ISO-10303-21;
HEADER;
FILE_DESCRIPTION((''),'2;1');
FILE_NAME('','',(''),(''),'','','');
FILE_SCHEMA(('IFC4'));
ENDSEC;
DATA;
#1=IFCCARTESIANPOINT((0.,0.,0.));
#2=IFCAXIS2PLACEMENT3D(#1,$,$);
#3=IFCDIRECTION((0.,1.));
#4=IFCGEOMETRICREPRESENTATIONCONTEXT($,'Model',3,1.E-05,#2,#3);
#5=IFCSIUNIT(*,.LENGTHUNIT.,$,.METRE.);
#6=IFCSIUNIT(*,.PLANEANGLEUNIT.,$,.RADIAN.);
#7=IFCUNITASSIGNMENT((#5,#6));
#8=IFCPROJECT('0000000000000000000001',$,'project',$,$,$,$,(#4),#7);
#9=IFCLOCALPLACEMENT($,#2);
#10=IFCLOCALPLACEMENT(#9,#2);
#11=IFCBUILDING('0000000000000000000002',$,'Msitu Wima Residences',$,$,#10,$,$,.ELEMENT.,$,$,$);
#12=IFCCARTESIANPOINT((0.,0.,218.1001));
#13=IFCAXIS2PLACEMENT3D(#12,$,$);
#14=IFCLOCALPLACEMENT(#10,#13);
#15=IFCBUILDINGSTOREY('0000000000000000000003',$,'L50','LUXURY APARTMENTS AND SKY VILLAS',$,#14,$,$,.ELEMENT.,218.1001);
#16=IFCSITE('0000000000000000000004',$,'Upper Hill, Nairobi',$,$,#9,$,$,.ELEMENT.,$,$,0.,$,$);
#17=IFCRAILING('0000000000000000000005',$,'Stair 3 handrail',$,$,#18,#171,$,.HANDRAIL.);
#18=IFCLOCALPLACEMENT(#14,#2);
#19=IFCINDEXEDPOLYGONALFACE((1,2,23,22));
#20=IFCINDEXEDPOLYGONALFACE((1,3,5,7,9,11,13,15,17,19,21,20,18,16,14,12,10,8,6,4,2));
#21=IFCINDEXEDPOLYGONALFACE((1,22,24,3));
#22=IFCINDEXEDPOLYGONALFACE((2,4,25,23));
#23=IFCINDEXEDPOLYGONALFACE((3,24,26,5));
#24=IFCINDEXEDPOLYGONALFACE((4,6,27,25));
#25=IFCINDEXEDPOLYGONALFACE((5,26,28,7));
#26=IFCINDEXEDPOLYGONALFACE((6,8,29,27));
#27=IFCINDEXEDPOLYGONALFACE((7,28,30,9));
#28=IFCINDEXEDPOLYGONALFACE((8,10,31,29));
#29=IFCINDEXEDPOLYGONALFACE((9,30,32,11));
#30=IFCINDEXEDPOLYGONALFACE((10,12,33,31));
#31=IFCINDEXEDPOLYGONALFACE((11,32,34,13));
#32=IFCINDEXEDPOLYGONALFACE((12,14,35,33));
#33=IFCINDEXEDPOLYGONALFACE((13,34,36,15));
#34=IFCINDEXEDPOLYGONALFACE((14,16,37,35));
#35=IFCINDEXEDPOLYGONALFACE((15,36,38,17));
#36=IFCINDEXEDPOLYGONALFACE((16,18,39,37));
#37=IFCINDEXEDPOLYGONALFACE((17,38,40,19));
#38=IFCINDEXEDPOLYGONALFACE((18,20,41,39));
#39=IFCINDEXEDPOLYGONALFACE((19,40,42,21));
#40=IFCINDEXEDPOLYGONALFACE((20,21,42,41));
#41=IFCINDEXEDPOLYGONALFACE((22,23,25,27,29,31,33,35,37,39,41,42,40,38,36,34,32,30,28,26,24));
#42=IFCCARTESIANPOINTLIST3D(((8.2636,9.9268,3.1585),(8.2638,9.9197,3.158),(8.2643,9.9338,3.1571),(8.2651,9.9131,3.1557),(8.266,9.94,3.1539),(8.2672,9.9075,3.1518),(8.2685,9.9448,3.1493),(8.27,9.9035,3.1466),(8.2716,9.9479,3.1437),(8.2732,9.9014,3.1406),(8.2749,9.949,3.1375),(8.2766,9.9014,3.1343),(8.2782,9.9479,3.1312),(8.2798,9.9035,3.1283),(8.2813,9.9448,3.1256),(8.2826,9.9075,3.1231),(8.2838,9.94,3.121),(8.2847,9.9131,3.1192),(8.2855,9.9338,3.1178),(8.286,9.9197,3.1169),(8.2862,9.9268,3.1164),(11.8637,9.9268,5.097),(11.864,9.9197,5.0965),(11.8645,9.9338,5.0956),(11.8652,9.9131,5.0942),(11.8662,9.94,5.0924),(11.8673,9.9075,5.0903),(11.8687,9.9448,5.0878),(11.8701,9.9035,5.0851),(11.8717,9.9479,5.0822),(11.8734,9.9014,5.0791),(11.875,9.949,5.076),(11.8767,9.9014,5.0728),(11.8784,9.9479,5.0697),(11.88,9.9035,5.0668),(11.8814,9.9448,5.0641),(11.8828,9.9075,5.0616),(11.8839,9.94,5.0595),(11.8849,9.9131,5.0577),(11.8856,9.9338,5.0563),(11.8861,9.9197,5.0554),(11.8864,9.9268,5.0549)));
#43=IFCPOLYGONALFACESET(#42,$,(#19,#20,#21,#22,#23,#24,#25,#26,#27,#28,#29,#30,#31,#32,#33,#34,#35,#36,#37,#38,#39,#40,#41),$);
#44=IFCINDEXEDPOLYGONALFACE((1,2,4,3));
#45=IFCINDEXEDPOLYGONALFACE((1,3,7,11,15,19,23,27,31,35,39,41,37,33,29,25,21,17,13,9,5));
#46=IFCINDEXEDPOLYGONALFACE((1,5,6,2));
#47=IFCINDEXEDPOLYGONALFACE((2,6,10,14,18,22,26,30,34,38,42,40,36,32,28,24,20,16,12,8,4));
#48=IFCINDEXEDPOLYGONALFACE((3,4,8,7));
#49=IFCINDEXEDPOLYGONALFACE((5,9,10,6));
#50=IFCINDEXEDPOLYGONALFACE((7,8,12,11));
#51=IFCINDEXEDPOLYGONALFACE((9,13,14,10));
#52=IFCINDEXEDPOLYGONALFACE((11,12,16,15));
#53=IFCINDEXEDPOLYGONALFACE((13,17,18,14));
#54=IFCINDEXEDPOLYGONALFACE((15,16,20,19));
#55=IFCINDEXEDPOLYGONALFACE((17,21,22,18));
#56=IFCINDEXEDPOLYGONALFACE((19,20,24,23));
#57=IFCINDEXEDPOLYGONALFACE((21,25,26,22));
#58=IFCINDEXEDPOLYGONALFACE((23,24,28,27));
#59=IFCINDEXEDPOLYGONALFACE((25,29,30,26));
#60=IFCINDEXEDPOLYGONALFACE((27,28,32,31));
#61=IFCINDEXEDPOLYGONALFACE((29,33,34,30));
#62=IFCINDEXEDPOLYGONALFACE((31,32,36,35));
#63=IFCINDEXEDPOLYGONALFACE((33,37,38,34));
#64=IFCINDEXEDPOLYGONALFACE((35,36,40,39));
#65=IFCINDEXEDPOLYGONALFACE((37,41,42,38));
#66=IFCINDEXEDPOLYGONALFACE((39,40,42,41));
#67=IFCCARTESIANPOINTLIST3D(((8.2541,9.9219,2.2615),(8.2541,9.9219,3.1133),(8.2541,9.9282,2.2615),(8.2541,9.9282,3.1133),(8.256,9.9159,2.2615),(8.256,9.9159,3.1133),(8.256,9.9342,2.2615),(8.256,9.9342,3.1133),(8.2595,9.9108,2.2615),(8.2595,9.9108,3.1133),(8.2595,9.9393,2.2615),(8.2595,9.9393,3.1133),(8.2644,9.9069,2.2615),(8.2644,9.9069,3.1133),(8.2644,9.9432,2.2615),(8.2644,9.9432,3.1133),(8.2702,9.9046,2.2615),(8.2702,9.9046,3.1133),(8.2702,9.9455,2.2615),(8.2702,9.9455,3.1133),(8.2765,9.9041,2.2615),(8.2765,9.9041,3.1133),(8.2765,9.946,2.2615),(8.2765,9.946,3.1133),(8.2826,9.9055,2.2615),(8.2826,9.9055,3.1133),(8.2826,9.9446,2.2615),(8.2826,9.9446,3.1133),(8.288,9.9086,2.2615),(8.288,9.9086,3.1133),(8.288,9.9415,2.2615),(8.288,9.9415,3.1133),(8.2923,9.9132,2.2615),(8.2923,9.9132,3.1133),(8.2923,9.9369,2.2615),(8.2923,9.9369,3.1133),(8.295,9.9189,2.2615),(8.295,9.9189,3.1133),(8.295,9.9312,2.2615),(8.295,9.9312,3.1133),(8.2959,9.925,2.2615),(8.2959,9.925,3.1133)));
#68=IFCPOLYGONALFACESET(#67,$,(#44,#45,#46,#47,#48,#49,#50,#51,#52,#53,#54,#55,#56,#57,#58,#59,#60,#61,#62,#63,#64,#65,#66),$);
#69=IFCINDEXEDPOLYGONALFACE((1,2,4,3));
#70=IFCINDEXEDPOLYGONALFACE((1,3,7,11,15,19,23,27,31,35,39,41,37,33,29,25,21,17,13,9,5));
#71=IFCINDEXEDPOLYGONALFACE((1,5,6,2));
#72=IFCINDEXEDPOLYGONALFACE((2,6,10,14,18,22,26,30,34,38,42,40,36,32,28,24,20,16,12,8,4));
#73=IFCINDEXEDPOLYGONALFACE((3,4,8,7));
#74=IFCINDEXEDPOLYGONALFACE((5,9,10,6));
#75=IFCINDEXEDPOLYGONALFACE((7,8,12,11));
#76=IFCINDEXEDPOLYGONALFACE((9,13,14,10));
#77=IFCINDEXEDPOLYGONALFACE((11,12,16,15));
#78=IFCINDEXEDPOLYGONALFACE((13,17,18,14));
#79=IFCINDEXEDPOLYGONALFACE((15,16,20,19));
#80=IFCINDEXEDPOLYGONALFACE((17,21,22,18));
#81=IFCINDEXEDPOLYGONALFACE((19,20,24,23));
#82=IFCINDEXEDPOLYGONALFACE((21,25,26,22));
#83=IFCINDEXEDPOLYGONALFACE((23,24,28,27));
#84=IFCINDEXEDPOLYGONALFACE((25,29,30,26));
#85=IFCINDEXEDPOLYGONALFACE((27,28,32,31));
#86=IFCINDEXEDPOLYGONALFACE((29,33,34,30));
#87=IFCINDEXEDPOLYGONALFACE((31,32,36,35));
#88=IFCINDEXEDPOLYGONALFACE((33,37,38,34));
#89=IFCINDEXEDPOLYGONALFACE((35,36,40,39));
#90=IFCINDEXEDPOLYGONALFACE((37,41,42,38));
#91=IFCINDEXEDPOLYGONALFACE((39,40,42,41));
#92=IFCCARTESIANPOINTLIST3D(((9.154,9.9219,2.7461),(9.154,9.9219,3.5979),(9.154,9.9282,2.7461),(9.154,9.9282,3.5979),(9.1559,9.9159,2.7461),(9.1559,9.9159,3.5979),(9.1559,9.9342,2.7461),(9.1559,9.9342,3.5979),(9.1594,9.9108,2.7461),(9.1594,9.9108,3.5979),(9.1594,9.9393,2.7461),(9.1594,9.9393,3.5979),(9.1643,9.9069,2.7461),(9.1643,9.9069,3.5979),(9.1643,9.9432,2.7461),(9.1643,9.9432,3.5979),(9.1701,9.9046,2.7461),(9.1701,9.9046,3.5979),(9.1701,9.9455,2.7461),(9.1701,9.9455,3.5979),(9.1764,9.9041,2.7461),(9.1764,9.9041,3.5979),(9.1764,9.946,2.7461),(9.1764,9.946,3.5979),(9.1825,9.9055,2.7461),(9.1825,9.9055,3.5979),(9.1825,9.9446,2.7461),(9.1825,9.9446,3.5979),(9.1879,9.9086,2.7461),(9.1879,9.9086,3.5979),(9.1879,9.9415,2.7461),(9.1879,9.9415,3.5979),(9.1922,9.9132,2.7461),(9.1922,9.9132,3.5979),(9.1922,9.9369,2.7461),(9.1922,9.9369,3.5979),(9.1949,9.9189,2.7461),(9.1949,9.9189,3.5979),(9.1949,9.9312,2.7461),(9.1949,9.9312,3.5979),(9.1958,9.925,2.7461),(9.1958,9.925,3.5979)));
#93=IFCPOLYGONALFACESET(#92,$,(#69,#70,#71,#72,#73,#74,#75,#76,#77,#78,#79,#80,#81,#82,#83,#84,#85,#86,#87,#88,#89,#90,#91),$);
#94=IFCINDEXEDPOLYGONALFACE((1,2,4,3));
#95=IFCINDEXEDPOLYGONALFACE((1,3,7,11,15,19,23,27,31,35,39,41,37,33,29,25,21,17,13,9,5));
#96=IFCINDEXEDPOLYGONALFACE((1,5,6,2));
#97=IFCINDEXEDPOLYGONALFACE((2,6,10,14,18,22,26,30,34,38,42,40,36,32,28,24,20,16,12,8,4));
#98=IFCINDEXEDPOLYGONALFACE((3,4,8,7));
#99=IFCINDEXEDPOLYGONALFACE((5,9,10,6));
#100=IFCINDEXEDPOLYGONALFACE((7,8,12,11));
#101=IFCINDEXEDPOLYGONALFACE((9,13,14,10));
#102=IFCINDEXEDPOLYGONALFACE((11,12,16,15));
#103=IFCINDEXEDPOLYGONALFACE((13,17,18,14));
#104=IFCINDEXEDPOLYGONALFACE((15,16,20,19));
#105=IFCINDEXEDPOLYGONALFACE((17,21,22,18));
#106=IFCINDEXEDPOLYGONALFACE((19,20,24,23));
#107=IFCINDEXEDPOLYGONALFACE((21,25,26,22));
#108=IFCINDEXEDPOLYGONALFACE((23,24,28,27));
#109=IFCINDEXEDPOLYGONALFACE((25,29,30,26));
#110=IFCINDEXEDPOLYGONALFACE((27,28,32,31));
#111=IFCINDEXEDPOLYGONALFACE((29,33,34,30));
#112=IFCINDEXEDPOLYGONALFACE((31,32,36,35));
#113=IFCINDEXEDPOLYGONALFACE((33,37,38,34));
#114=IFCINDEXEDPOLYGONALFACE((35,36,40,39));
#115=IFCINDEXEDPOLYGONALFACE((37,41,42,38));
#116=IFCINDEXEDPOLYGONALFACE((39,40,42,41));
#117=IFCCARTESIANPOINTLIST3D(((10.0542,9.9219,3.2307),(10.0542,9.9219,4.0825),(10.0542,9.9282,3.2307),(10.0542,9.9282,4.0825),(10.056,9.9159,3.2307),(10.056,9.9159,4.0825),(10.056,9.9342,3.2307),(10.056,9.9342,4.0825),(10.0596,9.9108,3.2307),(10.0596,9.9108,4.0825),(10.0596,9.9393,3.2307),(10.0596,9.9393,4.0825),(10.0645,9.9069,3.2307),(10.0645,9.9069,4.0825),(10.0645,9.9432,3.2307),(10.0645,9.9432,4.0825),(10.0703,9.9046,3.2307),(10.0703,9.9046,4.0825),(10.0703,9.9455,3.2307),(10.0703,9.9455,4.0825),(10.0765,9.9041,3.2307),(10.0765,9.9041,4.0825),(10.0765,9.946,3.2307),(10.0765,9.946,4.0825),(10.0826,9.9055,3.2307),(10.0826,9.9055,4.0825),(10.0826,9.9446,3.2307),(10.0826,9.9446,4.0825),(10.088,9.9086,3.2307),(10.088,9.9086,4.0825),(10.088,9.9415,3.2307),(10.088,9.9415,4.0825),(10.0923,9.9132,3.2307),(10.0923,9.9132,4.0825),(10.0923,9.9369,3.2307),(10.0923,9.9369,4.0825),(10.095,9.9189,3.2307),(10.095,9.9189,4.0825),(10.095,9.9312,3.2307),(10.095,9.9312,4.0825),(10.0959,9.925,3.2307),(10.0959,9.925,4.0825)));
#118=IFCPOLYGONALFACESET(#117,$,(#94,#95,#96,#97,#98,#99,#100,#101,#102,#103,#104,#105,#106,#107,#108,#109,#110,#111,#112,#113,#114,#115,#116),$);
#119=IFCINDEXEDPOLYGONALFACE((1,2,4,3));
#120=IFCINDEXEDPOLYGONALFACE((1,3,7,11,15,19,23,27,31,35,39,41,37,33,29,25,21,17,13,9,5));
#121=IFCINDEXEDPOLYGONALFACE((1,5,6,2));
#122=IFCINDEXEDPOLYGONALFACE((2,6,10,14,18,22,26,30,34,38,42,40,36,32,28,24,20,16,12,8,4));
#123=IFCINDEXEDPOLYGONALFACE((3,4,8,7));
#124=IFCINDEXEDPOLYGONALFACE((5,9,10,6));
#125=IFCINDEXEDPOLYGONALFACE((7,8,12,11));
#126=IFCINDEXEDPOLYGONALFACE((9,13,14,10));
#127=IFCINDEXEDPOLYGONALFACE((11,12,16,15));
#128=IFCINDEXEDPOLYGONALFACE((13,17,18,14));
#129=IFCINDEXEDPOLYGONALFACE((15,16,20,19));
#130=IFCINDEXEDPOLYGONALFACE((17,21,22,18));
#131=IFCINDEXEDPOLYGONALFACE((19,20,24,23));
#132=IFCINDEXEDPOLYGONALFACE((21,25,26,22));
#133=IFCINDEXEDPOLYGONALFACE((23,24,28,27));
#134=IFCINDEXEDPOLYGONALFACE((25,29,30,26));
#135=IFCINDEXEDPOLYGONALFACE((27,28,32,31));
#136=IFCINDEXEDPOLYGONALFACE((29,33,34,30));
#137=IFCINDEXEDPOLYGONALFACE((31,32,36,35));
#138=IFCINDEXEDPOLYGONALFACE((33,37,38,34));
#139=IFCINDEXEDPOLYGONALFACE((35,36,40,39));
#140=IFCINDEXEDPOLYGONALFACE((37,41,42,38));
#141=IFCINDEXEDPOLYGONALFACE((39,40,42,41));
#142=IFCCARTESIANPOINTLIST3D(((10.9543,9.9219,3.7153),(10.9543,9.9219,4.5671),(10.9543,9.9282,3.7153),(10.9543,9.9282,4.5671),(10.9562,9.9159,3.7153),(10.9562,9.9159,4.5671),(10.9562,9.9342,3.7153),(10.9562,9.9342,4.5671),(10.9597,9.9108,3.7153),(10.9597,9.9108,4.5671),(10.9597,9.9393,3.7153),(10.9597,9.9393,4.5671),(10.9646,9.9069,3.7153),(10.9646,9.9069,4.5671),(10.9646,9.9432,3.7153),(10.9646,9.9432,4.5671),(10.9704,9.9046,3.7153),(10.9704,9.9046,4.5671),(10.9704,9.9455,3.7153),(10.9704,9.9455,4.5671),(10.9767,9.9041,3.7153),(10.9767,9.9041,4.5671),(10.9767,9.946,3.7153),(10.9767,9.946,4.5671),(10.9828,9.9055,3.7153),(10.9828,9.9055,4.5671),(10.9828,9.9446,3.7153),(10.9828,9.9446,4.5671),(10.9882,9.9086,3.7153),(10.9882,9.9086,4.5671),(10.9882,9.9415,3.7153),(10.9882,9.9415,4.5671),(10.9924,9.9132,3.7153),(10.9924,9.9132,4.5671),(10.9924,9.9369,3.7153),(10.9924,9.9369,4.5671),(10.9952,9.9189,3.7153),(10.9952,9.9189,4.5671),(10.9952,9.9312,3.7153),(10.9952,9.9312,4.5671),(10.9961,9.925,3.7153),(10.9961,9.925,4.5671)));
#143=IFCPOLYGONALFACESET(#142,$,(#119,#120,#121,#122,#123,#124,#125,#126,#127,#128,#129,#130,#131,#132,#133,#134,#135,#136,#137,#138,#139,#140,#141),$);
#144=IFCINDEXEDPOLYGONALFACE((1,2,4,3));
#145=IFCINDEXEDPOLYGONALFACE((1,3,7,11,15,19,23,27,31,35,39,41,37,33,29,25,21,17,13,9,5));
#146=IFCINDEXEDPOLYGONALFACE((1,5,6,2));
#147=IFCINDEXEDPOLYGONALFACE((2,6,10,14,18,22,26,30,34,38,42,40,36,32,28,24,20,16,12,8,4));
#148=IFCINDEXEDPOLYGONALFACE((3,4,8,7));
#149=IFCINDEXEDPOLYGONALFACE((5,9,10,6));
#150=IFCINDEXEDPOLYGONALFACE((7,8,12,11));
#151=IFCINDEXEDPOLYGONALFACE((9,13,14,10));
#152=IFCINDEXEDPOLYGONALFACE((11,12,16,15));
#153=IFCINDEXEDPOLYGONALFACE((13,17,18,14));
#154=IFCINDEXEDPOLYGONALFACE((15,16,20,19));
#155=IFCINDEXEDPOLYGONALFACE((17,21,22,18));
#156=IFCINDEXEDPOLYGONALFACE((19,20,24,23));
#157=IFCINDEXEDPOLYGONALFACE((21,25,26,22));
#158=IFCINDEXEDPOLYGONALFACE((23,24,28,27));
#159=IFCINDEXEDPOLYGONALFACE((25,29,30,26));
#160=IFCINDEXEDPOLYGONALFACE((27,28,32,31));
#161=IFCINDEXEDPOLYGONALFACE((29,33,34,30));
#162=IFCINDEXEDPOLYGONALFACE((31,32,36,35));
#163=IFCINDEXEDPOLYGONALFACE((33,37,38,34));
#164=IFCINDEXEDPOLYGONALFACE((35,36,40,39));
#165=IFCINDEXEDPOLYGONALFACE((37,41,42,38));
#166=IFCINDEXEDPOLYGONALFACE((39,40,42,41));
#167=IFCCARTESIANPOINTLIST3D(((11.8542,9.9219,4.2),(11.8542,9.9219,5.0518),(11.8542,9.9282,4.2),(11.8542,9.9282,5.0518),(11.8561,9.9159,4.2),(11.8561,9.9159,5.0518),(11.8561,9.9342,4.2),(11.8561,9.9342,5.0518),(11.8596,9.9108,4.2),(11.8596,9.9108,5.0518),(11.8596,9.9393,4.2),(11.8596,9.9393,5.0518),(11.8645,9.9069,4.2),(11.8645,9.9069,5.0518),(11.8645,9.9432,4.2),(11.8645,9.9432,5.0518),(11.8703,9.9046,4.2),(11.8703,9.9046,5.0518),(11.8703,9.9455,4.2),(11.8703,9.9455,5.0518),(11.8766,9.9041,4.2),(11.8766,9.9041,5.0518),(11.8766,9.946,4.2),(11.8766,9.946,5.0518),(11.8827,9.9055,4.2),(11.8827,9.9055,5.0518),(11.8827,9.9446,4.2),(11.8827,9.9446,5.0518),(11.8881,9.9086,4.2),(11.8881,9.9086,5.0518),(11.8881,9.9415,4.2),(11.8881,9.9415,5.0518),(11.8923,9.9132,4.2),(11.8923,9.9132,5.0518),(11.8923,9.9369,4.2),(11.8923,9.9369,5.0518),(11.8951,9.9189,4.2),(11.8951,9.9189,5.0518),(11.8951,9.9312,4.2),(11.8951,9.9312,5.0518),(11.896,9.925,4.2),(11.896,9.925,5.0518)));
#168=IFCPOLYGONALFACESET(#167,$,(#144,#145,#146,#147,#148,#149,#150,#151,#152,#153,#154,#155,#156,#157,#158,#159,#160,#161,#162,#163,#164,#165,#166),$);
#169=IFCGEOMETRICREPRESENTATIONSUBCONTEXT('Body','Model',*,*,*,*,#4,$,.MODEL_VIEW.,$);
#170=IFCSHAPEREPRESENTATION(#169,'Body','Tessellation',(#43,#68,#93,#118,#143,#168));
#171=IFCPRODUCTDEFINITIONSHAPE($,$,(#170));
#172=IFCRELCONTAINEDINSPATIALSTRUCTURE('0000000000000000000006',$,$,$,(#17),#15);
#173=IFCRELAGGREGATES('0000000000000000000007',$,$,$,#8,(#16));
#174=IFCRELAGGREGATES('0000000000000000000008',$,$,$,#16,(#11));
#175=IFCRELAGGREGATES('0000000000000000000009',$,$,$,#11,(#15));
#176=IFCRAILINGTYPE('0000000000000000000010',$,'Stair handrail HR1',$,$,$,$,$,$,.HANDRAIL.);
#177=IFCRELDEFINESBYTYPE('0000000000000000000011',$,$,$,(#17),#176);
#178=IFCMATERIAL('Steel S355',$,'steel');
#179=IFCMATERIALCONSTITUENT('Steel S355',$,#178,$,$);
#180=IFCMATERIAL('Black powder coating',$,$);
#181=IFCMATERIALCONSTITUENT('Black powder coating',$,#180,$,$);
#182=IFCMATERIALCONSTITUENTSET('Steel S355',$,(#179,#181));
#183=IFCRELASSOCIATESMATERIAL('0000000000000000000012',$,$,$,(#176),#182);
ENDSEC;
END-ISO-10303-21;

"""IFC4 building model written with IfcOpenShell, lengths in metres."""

from ifc_helpers import new_model, si_unit, direction, frame, origin, origin_2d, place, context, subcontext, project, spatial, circle, extrude, material, constituent, constituent_set, type_object, element, save


model = new_model("IFC4")

# Units and contexts
model_context = context("Model", 3, precision=1e-05, world=origin(), true_north=direction((0.0, 1.0)))
body_context = subcontext(model_context, "Body", "Model", "MODEL_VIEW")
ifc_project = project(units=[si_unit("LENGTHUNIT", "METRE"), si_unit("PLANEANGLEUNIT", "RADIAN")], contexts=[model_context])

# Site, building, storey
site_placement = place(None, origin())
site = spatial("IfcSite", under=ifc_project, at=site_placement, Name="Upper Hill, Nairobi", CompositionType="ELEMENT", RefElevation=0.0)
building_placement = place(site_placement, origin())
building = spatial("IfcBuilding", under=site, at=building_placement, Name="Msitu Wima Residences", CompositionType="ELEMENT")
storey_placement = place(building_placement, frame((0.0, 0.0, 218.1001)))
storey = spatial("IfcBuildingStorey", under=building, at=storey_placement, Name="L50", Description="LUXURY APARTMENTS AND SKY VILLAS", CompositionType="ELEMENT", Elevation=218.1001)

# Railing
ifc_material_1 = material(Name="Steel S355", Category="steel")
ifc_constituent_1 = constituent(ifc_material_1, Name="Steel S355")
ifc_material_2 = material(Name="Black powder coating")
ifc_constituent_2 = constituent(ifc_material_2, Name="Black powder coating")
ifc_constituent_set = constituent_set(constituents=[ifc_constituent_1, ifc_constituent_2], Name="Steel S355")
railing_type = type_object("IfcRailingType", Name="Stair handrail HR1", PredefinedType="HANDRAIL", material=ifc_constituent_set)
for number, where, name in (
    (1, (8.2749, 9.925, 2.2615), "Stair 3 handrail"),
):
    element("IfcRailing", number, at=place(storey_placement, frame(where)), inside=storey, type_object=railing_type, Name=name, PredefinedType="HANDRAIL", context=body_context, shape_type="SweptSolid", body=[
        extrude(circle(Radius=0.0239, at=origin_2d()), frame((0.0, 0.0, 0.876), z_axis=(0.880475, 0.0, 0.474093), x_axis=(0.0, 1.0, 0.0)), (0.0, 0.0, 1.0), 4.0889),
        extrude(circle(Radius=0.021, at=origin_2d()), origin(), (0.0, 0.0, 1.0), 0.8518),
        extrude(circle(Radius=0.021, at=origin_2d()), frame((0.8999, 0.0, 0.4846)), (0.0, 0.0, 1.0), 0.8518),
        extrude(circle(Radius=0.021, at=origin_2d()), frame((1.8, 0.0, 0.9692)), (0.0, 0.0, 1.0), 0.8518),
        extrude(circle(Radius=0.021, at=origin_2d()), frame((2.7002, 0.0, 1.4539)), (0.0, 0.0, 1.0), 0.8518),
        extrude(circle(Radius=0.021, at=origin_2d()), frame((3.6001, 0.0, 1.9385)), (0.0, 0.0, 1.0), 0.8518),
    ])

save(model, "model.ifc")
